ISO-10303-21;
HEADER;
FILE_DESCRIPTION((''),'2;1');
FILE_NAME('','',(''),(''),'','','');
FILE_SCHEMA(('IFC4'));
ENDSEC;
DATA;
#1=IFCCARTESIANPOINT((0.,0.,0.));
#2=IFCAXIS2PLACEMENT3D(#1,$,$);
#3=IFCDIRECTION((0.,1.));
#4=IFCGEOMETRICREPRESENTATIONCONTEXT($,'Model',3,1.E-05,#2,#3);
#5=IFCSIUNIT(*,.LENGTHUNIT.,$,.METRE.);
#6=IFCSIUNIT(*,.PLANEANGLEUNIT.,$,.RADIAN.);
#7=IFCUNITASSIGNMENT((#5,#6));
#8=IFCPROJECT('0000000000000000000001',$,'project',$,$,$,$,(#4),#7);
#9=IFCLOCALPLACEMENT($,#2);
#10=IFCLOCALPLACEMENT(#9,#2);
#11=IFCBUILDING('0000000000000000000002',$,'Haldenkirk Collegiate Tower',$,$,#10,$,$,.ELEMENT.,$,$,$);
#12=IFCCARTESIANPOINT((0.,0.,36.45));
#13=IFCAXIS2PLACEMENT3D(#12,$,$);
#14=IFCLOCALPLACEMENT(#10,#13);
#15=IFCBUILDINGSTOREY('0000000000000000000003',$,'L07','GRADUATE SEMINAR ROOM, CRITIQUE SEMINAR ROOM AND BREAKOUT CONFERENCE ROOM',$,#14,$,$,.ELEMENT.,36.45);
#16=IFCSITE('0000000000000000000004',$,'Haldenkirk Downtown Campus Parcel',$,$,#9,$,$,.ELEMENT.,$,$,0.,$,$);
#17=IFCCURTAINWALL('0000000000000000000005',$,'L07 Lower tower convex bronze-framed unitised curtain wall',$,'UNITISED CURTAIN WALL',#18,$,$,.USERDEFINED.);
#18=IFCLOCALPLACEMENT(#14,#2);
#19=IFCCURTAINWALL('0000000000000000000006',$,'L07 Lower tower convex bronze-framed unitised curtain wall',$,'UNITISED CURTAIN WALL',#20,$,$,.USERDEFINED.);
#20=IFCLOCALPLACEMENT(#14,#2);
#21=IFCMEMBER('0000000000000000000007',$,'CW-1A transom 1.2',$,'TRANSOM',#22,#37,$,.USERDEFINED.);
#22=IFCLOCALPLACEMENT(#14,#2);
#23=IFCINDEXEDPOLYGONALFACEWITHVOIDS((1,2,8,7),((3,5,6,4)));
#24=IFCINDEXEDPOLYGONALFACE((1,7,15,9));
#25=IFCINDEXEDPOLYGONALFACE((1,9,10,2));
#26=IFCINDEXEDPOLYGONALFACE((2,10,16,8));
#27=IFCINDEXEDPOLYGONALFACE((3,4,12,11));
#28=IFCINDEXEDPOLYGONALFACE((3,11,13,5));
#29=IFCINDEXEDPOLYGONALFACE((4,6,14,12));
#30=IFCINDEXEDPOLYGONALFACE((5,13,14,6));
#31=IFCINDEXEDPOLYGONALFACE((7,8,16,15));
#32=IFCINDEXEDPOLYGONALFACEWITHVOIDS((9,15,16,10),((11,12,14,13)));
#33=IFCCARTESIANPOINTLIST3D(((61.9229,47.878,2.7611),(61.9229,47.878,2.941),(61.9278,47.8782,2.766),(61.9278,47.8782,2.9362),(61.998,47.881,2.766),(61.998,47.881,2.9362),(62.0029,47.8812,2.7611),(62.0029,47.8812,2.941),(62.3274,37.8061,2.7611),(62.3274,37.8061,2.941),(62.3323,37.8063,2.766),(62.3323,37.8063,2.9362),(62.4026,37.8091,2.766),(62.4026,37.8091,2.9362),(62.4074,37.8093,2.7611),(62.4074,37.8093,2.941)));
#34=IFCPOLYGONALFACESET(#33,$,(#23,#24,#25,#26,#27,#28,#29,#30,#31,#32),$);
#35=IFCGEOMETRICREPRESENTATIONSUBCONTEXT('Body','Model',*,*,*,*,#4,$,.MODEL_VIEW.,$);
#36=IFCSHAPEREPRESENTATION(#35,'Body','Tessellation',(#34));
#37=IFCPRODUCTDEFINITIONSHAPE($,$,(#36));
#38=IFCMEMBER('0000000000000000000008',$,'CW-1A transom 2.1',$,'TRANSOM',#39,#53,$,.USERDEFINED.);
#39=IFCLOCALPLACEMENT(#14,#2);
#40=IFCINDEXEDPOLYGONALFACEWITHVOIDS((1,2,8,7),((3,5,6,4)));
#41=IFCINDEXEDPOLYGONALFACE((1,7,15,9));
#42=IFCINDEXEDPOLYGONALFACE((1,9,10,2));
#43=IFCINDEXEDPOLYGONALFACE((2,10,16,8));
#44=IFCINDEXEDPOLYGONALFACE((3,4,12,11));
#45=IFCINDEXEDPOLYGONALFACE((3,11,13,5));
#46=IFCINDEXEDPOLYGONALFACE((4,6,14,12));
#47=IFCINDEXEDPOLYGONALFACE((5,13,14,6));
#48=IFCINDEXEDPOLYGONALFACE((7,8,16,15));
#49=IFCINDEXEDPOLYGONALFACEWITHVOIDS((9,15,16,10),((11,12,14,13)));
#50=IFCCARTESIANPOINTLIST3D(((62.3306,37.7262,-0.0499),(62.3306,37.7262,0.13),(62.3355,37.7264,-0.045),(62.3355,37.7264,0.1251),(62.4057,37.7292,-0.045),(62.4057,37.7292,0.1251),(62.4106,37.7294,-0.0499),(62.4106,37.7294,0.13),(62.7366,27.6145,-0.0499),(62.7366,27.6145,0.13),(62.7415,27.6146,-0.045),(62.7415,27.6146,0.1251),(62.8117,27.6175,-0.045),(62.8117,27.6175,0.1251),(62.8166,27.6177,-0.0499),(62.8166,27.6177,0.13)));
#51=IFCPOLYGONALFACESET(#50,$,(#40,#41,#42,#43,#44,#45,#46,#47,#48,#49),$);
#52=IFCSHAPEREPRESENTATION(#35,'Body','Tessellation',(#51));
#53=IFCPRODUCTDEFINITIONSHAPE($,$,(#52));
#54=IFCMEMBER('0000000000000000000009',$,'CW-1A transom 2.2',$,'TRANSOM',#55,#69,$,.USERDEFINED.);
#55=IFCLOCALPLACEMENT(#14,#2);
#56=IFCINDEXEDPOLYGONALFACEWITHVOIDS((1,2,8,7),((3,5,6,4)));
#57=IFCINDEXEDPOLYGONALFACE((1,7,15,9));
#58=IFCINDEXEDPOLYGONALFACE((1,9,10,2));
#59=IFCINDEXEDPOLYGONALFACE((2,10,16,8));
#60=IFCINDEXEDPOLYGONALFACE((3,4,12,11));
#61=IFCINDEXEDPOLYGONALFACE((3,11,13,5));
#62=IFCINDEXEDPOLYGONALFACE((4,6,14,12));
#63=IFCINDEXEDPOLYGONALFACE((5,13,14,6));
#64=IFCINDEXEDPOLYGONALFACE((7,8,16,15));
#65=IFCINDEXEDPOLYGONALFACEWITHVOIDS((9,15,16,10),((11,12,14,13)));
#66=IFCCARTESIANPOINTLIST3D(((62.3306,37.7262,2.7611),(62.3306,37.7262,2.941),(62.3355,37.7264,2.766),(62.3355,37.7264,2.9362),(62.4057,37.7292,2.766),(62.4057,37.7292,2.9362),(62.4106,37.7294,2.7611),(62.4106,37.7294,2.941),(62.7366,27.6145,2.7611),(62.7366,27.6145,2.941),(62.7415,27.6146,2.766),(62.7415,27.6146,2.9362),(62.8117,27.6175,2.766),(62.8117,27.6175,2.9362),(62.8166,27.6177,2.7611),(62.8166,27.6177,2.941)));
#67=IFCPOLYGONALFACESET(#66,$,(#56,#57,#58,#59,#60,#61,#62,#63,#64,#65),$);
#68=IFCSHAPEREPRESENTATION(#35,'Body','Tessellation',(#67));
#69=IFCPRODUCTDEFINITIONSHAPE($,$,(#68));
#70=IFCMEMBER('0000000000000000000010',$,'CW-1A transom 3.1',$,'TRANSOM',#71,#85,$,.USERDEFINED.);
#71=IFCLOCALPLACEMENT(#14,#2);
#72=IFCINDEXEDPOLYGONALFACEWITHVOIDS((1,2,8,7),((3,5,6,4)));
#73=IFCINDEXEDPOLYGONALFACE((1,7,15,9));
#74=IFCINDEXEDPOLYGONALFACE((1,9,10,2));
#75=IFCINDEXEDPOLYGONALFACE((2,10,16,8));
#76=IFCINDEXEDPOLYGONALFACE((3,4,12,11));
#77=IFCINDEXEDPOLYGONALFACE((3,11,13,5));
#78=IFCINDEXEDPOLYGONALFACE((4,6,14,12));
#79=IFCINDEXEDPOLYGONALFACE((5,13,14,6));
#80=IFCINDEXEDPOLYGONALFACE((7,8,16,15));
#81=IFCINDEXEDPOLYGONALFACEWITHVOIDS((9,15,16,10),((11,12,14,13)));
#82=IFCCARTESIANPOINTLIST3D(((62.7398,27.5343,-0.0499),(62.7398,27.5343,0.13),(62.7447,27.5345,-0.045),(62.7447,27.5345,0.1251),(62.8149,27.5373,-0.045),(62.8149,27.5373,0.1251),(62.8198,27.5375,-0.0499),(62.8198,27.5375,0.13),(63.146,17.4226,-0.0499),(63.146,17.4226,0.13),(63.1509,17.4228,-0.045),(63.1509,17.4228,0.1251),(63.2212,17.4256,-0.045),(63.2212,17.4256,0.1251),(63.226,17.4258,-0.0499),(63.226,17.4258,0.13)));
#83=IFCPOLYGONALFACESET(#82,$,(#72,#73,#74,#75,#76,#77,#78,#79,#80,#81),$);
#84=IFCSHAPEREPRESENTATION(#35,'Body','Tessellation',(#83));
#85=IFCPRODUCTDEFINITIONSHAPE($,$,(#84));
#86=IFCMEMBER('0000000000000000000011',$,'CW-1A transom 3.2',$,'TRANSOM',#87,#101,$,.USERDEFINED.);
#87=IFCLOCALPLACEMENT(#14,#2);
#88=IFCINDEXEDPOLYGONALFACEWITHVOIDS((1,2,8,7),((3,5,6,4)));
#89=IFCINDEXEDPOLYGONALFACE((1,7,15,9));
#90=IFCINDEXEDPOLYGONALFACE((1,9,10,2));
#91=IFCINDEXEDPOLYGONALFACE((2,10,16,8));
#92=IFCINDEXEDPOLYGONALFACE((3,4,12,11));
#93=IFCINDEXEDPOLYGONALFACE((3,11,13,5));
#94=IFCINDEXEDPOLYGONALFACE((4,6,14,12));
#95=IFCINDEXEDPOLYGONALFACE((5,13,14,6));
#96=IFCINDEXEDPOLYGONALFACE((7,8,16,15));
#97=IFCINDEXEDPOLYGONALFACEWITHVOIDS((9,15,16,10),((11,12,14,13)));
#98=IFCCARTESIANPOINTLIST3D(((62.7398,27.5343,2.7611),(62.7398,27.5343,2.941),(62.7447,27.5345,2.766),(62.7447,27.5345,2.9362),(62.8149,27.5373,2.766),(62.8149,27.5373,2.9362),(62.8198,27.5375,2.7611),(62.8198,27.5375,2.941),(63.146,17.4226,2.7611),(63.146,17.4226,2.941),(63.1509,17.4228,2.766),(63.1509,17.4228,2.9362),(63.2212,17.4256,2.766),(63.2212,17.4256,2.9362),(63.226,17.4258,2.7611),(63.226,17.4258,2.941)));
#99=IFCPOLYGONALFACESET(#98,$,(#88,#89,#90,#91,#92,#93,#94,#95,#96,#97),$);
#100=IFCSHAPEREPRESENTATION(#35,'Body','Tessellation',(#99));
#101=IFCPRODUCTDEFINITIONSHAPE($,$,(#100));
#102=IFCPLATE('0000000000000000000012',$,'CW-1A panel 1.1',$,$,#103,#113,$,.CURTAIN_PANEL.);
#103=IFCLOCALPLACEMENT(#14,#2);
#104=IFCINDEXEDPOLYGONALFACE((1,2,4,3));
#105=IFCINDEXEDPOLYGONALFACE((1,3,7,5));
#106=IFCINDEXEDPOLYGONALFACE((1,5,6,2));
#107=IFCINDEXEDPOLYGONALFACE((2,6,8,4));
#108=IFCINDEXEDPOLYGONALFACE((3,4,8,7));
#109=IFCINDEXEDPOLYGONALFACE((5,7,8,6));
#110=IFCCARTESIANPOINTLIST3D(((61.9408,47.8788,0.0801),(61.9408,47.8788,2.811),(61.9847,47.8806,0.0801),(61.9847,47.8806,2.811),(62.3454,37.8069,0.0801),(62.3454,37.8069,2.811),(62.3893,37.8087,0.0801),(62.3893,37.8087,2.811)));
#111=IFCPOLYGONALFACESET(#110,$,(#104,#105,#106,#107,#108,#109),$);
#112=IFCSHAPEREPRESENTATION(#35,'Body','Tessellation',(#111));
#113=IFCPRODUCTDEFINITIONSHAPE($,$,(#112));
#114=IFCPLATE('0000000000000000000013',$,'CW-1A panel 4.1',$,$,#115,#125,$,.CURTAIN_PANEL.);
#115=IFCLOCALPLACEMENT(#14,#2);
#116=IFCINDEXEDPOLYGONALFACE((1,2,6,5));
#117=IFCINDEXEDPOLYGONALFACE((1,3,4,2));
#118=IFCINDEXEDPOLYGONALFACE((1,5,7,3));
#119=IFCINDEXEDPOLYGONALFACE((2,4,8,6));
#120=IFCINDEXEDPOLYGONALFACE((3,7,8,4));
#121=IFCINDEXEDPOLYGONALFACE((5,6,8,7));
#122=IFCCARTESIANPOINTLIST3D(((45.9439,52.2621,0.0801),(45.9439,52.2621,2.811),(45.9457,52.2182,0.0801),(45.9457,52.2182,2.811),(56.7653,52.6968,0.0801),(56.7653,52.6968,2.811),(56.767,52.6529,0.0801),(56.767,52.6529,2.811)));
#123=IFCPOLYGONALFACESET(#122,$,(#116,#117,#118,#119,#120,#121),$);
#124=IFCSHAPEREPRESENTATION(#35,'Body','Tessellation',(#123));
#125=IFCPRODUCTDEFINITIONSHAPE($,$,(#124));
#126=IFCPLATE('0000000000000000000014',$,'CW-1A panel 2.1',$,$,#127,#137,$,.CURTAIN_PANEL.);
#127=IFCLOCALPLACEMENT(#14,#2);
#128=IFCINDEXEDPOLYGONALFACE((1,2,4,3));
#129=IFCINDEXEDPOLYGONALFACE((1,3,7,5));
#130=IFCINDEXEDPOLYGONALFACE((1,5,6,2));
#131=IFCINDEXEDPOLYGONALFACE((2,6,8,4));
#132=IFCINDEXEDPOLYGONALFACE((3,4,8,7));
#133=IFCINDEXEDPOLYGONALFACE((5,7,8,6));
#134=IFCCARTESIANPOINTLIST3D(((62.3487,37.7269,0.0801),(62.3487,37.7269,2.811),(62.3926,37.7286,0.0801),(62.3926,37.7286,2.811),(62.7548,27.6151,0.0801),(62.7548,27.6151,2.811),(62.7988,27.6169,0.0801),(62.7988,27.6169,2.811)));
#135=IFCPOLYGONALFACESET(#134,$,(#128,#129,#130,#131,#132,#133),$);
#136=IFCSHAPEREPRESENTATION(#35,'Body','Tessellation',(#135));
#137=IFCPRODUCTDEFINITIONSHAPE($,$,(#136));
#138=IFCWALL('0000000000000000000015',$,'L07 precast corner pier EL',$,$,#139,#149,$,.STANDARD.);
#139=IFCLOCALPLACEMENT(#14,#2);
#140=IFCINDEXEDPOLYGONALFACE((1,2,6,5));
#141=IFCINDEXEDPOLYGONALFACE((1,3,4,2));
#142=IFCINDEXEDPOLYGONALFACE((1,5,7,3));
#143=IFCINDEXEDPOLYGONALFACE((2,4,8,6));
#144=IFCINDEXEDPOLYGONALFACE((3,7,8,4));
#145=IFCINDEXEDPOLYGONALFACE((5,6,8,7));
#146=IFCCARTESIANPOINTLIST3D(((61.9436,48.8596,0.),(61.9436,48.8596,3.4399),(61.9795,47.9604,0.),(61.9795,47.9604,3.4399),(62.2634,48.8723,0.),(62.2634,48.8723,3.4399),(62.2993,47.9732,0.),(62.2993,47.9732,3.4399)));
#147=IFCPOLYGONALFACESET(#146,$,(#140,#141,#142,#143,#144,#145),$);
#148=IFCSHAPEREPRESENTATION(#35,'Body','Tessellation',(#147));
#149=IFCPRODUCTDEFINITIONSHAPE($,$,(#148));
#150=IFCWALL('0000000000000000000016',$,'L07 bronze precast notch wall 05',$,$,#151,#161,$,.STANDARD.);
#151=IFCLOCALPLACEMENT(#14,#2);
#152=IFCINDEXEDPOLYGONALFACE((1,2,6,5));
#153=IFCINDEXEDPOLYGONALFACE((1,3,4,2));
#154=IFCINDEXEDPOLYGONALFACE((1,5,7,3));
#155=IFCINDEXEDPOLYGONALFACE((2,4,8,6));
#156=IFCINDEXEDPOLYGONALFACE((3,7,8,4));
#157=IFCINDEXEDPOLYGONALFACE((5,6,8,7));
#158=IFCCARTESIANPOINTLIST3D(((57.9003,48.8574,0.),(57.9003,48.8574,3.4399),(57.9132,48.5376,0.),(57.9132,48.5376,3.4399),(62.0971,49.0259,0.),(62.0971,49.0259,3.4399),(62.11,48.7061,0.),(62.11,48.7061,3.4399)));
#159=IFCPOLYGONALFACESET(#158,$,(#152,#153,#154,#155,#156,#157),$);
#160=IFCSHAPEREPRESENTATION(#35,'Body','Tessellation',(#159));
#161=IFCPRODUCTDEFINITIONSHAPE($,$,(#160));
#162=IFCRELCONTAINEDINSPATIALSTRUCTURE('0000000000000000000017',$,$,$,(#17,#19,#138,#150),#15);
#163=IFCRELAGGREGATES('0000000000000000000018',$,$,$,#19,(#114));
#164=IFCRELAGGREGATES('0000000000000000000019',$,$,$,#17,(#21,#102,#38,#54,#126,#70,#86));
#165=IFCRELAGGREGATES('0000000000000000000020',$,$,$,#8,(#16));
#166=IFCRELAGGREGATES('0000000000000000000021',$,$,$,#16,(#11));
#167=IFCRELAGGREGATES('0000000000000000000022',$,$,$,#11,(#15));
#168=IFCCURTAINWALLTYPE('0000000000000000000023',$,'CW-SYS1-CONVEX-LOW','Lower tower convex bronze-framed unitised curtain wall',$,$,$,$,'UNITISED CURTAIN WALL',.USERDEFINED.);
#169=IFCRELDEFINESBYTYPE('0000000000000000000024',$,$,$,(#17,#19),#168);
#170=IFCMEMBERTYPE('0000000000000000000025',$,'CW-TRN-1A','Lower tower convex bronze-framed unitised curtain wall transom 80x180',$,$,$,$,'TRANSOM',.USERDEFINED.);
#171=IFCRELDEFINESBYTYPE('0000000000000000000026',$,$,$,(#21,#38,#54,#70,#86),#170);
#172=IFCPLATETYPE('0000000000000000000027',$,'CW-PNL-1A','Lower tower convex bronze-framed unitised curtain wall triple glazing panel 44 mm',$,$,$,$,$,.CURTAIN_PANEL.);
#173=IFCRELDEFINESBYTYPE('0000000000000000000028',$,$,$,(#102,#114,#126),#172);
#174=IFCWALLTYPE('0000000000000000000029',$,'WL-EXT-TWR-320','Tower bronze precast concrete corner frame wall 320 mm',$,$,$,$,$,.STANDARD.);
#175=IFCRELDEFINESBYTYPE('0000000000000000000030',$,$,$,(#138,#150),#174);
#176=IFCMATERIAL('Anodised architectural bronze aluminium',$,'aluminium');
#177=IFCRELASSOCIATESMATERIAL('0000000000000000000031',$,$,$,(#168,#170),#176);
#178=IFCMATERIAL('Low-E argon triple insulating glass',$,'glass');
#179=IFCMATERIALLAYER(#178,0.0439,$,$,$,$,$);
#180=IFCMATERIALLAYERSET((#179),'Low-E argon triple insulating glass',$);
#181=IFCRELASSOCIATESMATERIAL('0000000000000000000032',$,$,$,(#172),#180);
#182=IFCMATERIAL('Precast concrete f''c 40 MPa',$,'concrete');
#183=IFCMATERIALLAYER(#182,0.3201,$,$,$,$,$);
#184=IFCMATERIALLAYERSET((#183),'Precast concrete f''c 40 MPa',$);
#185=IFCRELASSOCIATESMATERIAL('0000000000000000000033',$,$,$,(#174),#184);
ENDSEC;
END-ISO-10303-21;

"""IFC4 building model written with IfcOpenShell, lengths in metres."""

from ifc_helpers import new_model, si_unit, direction, frame, frame_2d, origin, origin_2d, place, context, subcontext, project, spatial, rectangle, hollow_rectangle, extrude, source, transform, mapped, material, layer, layer_set, material_profile, profile_set, type_object, element, aggregate, save


model = new_model("IFC4")

# Units and contexts
model_context = context("Model", 3, precision=1e-05, world=origin(), true_north=direction((0.0, 1.0)))
body_context = subcontext(model_context, "Body", "Model", "MODEL_VIEW")
ifc_project = project(units=[si_unit("LENGTHUNIT", "METRE"), si_unit("PLANEANGLEUNIT", "RADIAN")], contexts=[model_context])

# Site, building, storey
site_placement = place(None, origin())
site = spatial("IfcSite", under=ifc_project, at=site_placement, Name="Haldenkirk Downtown Campus Parcel", CompositionType="ELEMENT", RefElevation=0.0)
building_placement = place(site_placement, origin())
building = spatial("IfcBuilding", under=site, at=building_placement, Name="Haldenkirk Collegiate Tower", CompositionType="ELEMENT")
storey_placement = place(building_placement, frame((0.0, 0.0, 36.45)))
storey = spatial("IfcBuildingStorey", under=building, at=storey_placement, Name="L07", Description="GRADUATE SEMINAR ROOM, CRITIQUE SEMINAR ROOM AND BREAKOUT CONFERENCE ROOM", CompositionType="ELEMENT", Elevation=36.45)

# Curtain wall
ifc_material_1 = material(Name="Anodised architectural bronze aluminium", Category="aluminium")
curtain_wall_type = type_object("IfcCurtainWallType", Name="CW-SYS1-CONVEX-LOW", Description="Lower tower convex bronze-framed unitised curtain wall", ElementType="UNITISED CURTAIN WALL", PredefinedType="USERDEFINED", material=ifc_material_1)
curtain_wall_1_placement = place(storey_placement, origin())
curtain_wall_1 = element("IfcCurtainWall", 1, at=curtain_wall_1_placement, inside=storey, type_object=curtain_wall_type, Name="L07 Lower tower convex bronze-framed unitised curtain wall", ObjectType="UNITISED CURTAIN WALL", PredefinedType="USERDEFINED")

# Curtain wall
curtain_wall_2_placement = place(storey_placement, origin())
curtain_wall_2 = element("IfcCurtainWall", 2, at=curtain_wall_2_placement, inside=storey, type_object=curtain_wall_type, Name="L07 Lower tower convex bronze-framed unitised curtain wall", ObjectType="UNITISED CURTAIN WALL", PredefinedType="USERDEFINED")

# Members
ifc_material_profile_1 = material_profile(ifc_material_1, hollow_rectangle(XDim=0.0801, YDim=0.1799, WallThickness=0.0049, at=origin_2d()), Name="CW-TRN-1A")
ifc_profile_set_1 = profile_set([ifc_material_profile_1], Name="Anodised architectural bronze aluminium")
member_type_1 = type_object("IfcMemberType", Name="CW-TRN-1A", Description="Lower tower convex bronze-framed unitised curtain wall transom 80x180", ElementType="TRANSOM", PredefinedType="USERDEFINED", material=ifc_profile_set_1)
member_1_placement = place(storey_placement, frame((61.9629, 47.8796, 2.8511), z_axis=(0.040132, -0.999194, 0.0), x_axis=(0.999194, 0.040132, 0.0)))
member_1 = element("IfcMember", 3, at=member_1_placement, type_object=member_type_1, Name="CW-1A transom 1.2", ObjectType="TRANSOM", PredefinedType="USERDEFINED", context=body_context, shape_type="SweptSolid", body=[
    extrude(hollow_rectangle(XDim=0.0801, YDim=0.1799, WallThickness=0.0049, at=origin_2d()), origin(), (0.0, 0.0, 1.0), 10.0801),
])
member_2_placement = place(storey_placement, frame((62.3706, 37.7278, 0.04), z_axis=(0.040119, -0.999195, 0.0), x_axis=(0.999195, 0.040119, 0.0)))
member_2 = element("IfcMember", 4, at=member_2_placement, type_object=member_type_1, Name="CW-1A transom 2.1", ObjectType="TRANSOM", PredefinedType="USERDEFINED", context=body_context, shape_type="SweptSolid", body=[
    extrude(hollow_rectangle(XDim=0.0801, YDim=0.1799, WallThickness=0.0049, at=origin_2d()), origin(), (0.0, 0.0, 1.0), 10.1199),
])
member_3_placement = place(storey_placement, frame((62.3706, 37.7278, 2.8511), z_axis=(0.040119, -0.999195, 0.0), x_axis=(0.999195, 0.040119, 0.0)))
member_3 = element("IfcMember", 5, at=member_3_placement, type_object=member_type_1, Name="CW-1A transom 2.2", ObjectType="TRANSOM", PredefinedType="USERDEFINED", context=body_context, shape_type="SweptSolid", body=[
    extrude(hollow_rectangle(XDim=0.0801, YDim=0.1799, WallThickness=0.0049, at=origin_2d()), origin(), (0.0, 0.0, 1.0), 10.1199),
])
member_4_placement = place(storey_placement, frame((62.7798, 27.5359, 0.04), z_axis=(0.040143, -0.999194, 0.0), x_axis=(0.999194, 0.040143, 0.0)))
member_4 = element("IfcMember", 6, at=member_4_placement, type_object=member_type_1, Name="CW-1A transom 3.1", ObjectType="TRANSOM", PredefinedType="USERDEFINED", context=body_context, shape_type="SweptSolid", body=[
    extrude(hollow_rectangle(XDim=0.0801, YDim=0.1799, WallThickness=0.0049, at=origin_2d()), origin(), (0.0, 0.0, 1.0), 10.1199),
])
member_5_placement = place(storey_placement, frame((62.7798, 27.5359, 2.8511), z_axis=(0.040143, -0.999194, 0.0), x_axis=(0.999194, 0.040143, 0.0)))
member_5 = element("IfcMember", 7, at=member_5_placement, type_object=member_type_1, Name="CW-1A transom 3.2", ObjectType="TRANSOM", PredefinedType="USERDEFINED", context=body_context, shape_type="SweptSolid", body=[
    extrude(hollow_rectangle(XDim=0.0801, YDim=0.1799, WallThickness=0.0049, at=origin_2d()), origin(), (0.0, 0.0, 1.0), 10.1199),
])

# Plates
ifc_material_2 = material(Name="Low-E argon triple insulating glass", Category="glass")
ifc_layer_1 = layer(ifc_material_2, 0.0439)
ifc_layer_set_1 = layer_set([ifc_layer_1], Name="Low-E argon triple insulating glass")
plate_type = type_object("IfcPlateType", Name="CW-PNL-1A", Description="Lower tower convex bronze-framed unitised curtain wall triple glazing panel 44 mm", PredefinedType="CURTAIN_PANEL", material=ifc_layer_set_1)
shared_shape_1 = source(origin(), body_context, "Body", "SweptSolid", [
    extrude(rectangle(XDim=10.0801, YDim=0.0439, at=origin_2d()), origin(), (0.0, 0.0, 1.0), 2.731),
])
plate_1_placement = place(storey_placement, frame((62.165, 42.8438, 0.0801), z_axis=(0.0, 0.0, 1.0), x_axis=(0.040132, -0.999194, 0.0)))
plate_1 = element("IfcPlate", 8, at=plate_1_placement, type_object=plate_type, Name="CW-1A panel 1.1", PredefinedType="CURTAIN_PANEL", context=body_context, shape_type="MappedRepresentation", body=[
    mapped(shared_shape_1, transform((0.0, 0.0, 0.0), x_axis=(1.0, 0.0, 0.0), y_axis=(0.0, 1.0, 0.0), z_axis=(0.0, 0.0, 1.0), scale=1.0)),
])
shared_shape_2 = source(origin(), body_context, "Body", "SweptSolid", [
    extrude(rectangle(XDim=10.8301, YDim=0.0439, at=origin_2d()), origin(), (0.0, 0.0, 1.0), 2.731),
])
plate_2_placement = place(storey_placement, frame((51.3555, 52.4575, 0.0801), z_axis=(0.0, 0.0, 1.0), x_axis=(0.999194, 0.040135, 0.0)))
plate_2 = element("IfcPlate", 9, at=plate_2_placement, type_object=plate_type, Name="CW-1A panel 4.1", PredefinedType="CURTAIN_PANEL", context=body_context, shape_type="MappedRepresentation", body=[
    mapped(shared_shape_2, transform((0.0, 0.0, 0.0), x_axis=(1.0, 0.0, 0.0), y_axis=(0.0, 1.0, 0.0), z_axis=(0.0, 0.0, 1.0), scale=1.0)),
])
aggregate(curtain_wall_2, [plate_2])
shared_shape_3 = source(origin(), body_context, "Body", "SweptSolid", [
    extrude(rectangle(XDim=10.1199, YDim=0.0439, at=origin_2d()), origin(), (0.0, 0.0, 1.0), 2.731),
])
plate_3_placement = place(storey_placement, frame((62.5737, 32.6719, 0.0801), z_axis=(0.0, 0.0, 1.0), x_axis=(0.040132, -0.999194, 0.0)))
plate_3 = element("IfcPlate", 10, at=plate_3_placement, type_object=plate_type, Name="CW-1A panel 2.1", PredefinedType="CURTAIN_PANEL", context=body_context, shape_type="MappedRepresentation", body=[
    mapped(shared_shape_3, transform((0.0, 0.0, 0.0), x_axis=(1.0, 0.0, 0.0), y_axis=(0.0, 1.0, 0.0), z_axis=(0.0, 0.0, 1.0), scale=1.0)),
])
aggregate(curtain_wall_1, [member_1, plate_1, member_2, member_3, plate_3, member_4, member_5])

# Walls
ifc_material_3 = material(Name="Precast concrete f'c 40 MPa", Category="concrete")
ifc_layer_2 = layer(ifc_material_3, 0.3201)
ifc_layer_set_2 = layer_set([ifc_layer_2], Name="Precast concrete f'c 40 MPa")
wall_type_1 = type_object("IfcWallType", Name="WL-EXT-TWR-320", Description="Tower bronze precast concrete corner frame wall 320 mm", PredefinedType="STANDARD", material=ifc_layer_set_2)
wall_1_placement = place(storey_placement, frame((62.1035, 48.866, 0.0), z_axis=(0.0, 0.0, 1.0), x_axis=(0.039881, -0.999204, 0.0)))
element("IfcWall", 11, at=wall_1_placement, inside=storey, type_object=wall_type_1, Name="L07 precast corner pier EL", PredefinedType="STANDARD", context=body_context, shape_type="SweptSolid", body=[
    extrude(rectangle(XDim=0.8999, YDim=0.3201, at=frame_2d((0.45, 0.0))), origin(), (0.0, 0.0, 1.0), 3.4399),
])
wall_2_placement = place(storey_placement, frame((57.9067, 48.6975, 0.0), z_axis=(0.0, 0.0, 1.0), x_axis=(0.999195, 0.040107, 0.0)))
element("IfcWall", 12, at=wall_2_placement, inside=storey, type_object=wall_type_1, Name="L07 bronze precast notch wall 05", PredefinedType="STANDARD", context=body_context, shape_type="SweptSolid", body=[
    extrude(rectangle(XDim=4.2002, YDim=0.3201, at=frame_2d((2.1001, 0.0))), origin(), (0.0, 0.0, 1.0), 3.4399),
])

save(model, "model.ifc")
